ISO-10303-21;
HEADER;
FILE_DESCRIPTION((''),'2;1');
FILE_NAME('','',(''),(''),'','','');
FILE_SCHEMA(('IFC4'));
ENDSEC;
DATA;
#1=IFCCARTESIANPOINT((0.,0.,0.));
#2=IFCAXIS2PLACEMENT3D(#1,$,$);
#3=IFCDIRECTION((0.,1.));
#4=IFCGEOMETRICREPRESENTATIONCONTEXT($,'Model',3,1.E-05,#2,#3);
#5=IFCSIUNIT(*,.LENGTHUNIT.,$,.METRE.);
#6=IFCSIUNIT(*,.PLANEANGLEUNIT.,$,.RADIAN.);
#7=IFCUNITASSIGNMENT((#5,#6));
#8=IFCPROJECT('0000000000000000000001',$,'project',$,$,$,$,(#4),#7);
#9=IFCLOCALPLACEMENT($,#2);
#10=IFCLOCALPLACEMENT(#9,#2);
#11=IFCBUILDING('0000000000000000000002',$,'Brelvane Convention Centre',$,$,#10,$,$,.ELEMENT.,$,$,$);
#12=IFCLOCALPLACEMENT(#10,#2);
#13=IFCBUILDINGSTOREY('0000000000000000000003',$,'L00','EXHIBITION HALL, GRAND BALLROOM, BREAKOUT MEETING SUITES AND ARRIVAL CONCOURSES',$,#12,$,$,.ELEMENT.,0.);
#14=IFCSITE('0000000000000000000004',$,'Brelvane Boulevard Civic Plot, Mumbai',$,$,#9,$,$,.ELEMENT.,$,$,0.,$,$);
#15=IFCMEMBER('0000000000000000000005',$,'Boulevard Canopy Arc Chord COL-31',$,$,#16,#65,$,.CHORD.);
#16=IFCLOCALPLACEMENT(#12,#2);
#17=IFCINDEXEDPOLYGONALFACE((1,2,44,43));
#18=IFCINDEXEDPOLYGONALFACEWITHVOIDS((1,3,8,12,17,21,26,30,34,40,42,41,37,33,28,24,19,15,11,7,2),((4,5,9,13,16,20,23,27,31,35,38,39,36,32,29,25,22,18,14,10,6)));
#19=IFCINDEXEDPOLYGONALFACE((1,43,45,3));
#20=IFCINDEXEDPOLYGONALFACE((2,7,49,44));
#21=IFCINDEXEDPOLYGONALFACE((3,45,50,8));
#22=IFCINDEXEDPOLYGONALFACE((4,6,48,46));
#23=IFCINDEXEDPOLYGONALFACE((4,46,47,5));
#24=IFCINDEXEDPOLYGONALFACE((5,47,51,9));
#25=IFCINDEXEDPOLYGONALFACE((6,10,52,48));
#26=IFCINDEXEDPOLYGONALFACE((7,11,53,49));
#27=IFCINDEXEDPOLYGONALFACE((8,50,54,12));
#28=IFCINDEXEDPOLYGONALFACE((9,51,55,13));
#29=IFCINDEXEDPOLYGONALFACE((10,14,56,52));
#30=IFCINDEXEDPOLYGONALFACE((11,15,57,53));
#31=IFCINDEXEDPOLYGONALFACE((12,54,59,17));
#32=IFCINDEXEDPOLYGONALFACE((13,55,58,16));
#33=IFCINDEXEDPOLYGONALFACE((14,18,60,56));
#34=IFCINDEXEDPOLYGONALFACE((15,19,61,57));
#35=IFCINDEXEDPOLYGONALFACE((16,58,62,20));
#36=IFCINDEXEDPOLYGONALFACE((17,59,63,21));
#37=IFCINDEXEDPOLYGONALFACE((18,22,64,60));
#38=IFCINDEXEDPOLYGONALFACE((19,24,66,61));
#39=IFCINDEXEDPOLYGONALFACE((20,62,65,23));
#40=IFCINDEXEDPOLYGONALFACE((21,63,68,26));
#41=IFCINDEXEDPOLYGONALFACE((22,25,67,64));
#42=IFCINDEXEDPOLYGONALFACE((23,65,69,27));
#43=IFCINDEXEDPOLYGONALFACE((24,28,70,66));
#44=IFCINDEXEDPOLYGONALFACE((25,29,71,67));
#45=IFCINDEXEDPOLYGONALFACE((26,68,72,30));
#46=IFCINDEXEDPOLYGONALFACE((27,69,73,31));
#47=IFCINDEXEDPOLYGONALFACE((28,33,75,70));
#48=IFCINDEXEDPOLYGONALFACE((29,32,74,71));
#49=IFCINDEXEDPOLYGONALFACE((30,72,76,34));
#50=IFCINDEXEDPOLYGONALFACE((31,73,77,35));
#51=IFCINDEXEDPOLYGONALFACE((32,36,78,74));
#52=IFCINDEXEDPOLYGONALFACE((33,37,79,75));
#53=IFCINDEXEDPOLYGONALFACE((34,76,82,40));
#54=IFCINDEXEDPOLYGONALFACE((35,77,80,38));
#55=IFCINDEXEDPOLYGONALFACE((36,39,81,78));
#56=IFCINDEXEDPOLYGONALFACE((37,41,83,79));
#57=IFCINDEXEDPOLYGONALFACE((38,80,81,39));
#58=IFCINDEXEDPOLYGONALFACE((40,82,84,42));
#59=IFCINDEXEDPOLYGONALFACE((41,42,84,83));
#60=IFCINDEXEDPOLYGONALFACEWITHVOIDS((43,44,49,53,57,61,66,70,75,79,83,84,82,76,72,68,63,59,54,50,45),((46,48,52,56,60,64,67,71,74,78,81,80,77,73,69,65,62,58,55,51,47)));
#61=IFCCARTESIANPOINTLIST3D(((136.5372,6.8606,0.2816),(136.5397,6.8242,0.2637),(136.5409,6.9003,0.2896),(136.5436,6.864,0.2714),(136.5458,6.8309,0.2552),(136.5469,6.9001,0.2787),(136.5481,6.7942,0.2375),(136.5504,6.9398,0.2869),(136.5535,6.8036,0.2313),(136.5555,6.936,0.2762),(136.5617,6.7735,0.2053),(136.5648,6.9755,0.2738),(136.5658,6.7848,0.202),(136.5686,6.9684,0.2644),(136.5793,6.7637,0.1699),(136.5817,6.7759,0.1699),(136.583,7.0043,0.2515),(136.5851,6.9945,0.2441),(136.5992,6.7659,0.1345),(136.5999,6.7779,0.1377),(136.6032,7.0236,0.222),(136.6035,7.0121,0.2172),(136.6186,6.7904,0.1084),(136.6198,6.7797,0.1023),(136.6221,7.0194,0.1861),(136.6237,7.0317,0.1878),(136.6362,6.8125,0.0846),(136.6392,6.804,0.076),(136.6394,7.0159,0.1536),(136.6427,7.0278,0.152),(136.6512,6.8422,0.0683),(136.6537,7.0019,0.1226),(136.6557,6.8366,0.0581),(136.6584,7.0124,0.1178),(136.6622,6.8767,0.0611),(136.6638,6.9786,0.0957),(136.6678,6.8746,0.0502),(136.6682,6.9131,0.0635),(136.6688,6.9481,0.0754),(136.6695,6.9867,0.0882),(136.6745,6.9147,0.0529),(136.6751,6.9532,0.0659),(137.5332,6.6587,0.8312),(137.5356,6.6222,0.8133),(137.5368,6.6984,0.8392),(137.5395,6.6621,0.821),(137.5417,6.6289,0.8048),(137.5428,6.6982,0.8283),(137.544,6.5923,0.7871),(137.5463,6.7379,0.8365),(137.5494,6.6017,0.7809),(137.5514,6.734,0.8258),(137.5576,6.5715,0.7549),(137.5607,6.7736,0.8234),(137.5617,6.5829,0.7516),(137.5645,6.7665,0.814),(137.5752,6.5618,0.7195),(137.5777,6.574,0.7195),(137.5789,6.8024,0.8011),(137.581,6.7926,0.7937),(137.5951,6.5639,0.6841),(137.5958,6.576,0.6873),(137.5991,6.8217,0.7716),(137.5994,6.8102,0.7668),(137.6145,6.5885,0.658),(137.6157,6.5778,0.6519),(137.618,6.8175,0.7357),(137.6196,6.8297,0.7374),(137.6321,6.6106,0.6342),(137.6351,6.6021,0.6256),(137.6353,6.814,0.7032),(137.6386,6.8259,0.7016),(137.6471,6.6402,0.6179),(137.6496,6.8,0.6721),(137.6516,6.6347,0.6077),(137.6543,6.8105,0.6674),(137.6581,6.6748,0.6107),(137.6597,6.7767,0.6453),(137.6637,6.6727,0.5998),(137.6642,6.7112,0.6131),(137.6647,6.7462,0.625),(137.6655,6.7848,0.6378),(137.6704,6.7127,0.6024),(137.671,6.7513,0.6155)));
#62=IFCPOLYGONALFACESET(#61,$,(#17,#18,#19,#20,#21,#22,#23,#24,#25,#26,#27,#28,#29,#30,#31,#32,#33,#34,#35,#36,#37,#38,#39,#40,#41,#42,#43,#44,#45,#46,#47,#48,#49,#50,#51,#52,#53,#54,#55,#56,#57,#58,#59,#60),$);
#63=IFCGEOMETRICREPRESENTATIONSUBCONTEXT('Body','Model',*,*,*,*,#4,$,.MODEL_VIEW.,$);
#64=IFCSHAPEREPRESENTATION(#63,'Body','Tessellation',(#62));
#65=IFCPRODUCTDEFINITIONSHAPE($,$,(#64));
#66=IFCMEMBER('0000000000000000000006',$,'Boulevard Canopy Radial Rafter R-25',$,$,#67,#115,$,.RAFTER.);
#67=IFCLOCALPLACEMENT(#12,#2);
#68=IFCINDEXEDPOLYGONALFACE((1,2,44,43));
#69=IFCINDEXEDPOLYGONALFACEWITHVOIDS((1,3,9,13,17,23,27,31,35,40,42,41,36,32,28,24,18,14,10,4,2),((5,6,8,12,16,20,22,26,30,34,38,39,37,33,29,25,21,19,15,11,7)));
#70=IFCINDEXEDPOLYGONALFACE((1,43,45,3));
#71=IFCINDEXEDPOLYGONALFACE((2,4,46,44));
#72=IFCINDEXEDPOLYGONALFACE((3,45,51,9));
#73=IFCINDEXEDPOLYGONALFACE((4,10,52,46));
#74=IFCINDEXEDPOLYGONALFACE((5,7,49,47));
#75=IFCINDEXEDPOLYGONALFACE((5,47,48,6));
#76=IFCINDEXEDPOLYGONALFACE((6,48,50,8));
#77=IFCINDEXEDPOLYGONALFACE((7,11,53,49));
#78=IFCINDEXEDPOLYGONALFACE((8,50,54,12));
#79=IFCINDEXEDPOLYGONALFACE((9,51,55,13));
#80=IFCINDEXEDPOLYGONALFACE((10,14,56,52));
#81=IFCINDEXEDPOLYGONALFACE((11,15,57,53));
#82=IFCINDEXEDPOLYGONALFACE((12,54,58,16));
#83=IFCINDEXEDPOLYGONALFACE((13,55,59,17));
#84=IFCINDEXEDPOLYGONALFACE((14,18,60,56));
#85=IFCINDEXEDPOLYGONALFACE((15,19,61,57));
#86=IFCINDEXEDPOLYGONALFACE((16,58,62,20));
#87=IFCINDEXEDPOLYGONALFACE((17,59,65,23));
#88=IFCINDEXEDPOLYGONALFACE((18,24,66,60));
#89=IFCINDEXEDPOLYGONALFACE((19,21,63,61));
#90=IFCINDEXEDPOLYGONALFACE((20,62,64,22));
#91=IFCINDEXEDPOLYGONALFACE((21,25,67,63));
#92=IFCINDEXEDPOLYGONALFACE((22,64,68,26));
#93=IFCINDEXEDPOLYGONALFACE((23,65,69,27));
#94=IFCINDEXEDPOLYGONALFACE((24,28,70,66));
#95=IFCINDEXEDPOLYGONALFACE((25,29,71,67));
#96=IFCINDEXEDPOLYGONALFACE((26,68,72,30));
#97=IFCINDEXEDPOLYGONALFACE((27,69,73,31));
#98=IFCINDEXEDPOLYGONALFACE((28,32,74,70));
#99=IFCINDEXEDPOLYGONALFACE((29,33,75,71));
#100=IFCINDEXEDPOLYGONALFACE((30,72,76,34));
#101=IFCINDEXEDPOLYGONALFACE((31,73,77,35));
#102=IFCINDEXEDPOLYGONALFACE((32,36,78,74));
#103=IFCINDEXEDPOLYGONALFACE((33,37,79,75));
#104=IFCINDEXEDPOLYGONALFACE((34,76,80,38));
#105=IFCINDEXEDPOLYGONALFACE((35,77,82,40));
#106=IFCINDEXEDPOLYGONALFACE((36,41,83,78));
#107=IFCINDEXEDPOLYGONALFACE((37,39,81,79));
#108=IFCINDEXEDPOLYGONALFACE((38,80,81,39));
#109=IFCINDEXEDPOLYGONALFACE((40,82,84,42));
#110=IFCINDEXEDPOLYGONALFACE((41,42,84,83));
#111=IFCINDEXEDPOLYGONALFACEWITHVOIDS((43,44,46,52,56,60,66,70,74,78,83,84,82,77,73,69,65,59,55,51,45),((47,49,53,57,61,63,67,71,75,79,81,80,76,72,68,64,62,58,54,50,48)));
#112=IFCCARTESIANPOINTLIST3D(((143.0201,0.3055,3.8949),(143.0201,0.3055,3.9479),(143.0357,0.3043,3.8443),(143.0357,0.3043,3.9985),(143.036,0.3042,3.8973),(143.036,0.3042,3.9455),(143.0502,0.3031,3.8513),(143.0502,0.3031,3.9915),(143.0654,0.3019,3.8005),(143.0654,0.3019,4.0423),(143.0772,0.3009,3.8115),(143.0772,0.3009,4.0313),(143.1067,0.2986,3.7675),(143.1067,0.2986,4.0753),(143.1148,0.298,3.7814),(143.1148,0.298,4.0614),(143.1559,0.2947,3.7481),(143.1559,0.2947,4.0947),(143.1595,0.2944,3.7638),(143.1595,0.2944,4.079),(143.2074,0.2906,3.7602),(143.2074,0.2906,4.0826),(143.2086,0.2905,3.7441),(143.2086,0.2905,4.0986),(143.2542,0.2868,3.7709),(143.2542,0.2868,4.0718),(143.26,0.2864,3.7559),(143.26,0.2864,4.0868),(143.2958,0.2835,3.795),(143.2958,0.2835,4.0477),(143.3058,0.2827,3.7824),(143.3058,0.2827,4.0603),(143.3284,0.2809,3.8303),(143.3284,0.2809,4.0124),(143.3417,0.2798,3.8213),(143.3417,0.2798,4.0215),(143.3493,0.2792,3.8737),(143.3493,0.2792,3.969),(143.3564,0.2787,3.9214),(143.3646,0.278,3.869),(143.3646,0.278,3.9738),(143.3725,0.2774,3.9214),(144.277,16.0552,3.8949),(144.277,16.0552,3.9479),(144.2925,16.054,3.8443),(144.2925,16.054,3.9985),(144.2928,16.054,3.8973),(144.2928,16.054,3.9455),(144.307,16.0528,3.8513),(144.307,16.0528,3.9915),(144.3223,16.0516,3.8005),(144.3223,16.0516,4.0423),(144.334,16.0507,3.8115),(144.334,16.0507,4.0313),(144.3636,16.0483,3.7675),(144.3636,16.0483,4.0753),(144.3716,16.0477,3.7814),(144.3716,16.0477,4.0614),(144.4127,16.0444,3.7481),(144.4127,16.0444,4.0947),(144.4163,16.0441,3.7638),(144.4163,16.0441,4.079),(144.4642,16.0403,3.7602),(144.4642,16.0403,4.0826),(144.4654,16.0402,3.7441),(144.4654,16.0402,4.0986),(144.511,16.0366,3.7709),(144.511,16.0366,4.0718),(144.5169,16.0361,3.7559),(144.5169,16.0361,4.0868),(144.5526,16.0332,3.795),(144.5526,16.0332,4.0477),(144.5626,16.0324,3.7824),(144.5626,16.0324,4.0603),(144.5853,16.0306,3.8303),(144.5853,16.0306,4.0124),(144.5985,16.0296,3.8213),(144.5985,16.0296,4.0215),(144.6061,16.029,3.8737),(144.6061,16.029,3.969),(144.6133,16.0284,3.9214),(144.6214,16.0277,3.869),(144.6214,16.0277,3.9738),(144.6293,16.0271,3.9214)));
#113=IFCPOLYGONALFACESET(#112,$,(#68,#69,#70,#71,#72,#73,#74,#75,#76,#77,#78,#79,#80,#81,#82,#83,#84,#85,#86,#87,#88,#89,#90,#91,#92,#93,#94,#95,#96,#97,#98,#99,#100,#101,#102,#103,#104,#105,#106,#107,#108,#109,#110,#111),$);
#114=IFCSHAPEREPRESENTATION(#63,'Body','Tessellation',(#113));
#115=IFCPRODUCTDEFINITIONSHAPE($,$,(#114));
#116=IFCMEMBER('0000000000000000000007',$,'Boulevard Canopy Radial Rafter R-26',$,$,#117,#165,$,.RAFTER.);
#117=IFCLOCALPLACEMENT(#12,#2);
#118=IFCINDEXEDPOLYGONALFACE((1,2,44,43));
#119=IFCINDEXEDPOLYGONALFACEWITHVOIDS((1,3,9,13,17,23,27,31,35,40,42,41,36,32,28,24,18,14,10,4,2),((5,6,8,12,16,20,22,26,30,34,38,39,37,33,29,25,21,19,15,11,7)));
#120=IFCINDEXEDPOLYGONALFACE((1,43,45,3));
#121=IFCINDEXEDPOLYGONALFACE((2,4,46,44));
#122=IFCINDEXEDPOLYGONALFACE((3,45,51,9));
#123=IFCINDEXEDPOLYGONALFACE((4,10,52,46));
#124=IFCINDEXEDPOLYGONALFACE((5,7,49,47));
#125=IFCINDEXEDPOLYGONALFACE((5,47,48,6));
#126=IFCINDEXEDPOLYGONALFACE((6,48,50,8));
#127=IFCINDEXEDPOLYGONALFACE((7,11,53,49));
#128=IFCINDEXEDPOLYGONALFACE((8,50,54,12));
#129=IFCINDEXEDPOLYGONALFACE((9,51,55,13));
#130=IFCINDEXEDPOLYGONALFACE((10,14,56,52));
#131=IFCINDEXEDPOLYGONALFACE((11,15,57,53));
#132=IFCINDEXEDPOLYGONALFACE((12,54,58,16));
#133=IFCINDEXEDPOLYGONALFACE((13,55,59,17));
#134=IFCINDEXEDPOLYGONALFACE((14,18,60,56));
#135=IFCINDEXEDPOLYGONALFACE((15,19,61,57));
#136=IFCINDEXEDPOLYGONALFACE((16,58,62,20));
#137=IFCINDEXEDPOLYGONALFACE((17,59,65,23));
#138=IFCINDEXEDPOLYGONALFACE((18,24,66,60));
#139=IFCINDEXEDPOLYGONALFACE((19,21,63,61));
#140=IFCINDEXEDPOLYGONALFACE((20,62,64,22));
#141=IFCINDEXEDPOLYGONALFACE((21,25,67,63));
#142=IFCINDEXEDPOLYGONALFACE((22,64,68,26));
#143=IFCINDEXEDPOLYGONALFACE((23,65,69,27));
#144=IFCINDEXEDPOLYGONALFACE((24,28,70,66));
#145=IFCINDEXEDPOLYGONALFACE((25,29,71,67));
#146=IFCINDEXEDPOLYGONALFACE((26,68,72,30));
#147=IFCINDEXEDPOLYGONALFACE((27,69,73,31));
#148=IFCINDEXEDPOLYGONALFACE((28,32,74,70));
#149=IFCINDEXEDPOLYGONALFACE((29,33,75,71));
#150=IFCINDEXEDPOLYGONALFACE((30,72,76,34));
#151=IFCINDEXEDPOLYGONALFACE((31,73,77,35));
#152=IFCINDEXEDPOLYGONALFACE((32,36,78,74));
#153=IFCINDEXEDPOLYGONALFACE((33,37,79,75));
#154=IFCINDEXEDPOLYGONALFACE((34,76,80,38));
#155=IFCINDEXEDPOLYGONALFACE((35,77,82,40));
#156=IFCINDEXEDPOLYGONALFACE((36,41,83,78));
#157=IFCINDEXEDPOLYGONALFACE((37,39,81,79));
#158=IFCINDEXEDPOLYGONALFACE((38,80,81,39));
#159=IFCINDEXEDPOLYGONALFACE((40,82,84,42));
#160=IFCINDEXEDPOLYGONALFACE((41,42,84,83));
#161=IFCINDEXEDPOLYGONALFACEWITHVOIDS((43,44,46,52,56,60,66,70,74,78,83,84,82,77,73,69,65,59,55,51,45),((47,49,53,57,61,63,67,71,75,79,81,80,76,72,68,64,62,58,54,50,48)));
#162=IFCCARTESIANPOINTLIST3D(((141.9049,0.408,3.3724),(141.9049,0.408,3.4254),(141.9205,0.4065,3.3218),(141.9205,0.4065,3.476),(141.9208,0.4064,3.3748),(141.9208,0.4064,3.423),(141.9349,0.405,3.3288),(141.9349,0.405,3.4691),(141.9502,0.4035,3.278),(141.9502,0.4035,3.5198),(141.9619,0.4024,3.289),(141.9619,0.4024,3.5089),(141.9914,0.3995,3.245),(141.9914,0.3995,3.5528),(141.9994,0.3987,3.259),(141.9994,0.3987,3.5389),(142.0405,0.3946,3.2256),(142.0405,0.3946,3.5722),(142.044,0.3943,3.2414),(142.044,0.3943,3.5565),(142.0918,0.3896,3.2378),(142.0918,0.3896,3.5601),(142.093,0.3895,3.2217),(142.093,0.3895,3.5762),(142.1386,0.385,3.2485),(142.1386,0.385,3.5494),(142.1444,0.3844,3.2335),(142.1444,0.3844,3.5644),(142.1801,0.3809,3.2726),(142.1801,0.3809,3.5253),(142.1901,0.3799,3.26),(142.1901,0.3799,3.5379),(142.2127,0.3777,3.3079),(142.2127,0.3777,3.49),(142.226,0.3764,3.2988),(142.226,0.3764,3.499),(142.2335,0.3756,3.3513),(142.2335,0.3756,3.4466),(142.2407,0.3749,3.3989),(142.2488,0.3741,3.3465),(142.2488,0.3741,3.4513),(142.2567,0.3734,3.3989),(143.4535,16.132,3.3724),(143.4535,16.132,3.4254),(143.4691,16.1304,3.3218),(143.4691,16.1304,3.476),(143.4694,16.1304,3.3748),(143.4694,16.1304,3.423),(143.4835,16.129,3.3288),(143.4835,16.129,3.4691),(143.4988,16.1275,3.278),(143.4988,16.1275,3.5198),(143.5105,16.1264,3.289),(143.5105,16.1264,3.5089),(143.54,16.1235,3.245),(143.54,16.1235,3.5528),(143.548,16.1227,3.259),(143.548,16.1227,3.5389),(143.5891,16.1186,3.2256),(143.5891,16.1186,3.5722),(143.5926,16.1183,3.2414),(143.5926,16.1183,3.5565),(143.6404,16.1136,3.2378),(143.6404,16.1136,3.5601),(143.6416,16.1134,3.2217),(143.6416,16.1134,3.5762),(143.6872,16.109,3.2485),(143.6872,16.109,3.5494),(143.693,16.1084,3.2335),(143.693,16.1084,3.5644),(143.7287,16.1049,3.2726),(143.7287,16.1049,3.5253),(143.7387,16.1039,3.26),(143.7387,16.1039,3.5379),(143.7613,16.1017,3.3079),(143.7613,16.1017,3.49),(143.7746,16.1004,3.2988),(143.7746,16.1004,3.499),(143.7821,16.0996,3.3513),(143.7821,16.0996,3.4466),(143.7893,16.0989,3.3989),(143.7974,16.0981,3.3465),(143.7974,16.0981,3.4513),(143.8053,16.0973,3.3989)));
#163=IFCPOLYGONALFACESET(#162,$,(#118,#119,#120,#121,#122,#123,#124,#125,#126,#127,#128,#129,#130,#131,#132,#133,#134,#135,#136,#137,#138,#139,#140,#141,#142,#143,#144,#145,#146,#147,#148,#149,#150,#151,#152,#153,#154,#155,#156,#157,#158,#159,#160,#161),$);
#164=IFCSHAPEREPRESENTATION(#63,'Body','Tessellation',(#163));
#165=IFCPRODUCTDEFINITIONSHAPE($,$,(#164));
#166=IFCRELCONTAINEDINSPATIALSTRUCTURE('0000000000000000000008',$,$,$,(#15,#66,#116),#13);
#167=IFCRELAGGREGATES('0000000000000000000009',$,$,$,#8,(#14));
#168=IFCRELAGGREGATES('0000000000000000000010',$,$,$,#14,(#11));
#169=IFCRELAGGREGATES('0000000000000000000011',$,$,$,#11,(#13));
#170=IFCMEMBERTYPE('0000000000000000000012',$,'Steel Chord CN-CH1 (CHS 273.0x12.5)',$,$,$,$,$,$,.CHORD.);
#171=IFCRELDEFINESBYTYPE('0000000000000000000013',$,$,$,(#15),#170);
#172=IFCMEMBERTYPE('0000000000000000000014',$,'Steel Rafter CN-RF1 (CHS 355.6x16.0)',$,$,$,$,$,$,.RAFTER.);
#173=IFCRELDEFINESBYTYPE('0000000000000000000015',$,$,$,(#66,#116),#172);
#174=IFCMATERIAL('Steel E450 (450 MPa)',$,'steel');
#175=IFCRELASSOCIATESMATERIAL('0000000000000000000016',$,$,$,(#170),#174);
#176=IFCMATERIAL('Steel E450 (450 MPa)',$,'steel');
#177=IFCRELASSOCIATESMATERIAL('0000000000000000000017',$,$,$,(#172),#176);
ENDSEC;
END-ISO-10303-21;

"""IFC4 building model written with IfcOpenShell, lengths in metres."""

from ifc_helpers import new_model, si_unit, direction, frame, origin, origin_2d, place, context, subcontext, project, spatial, hollow_circle, extrude, material, material_profile, profile_set, type_object, element, save


model = new_model("IFC4")

# Units and contexts
model_context = context("Model", 3, precision=1e-05, world=origin(), true_north=direction((0.0, 1.0)))
body_context = subcontext(model_context, "Body", "Model", "MODEL_VIEW")
ifc_project = project(units=[si_unit("LENGTHUNIT", "METRE"), si_unit("PLANEANGLEUNIT", "RADIAN")], contexts=[model_context])

# Site, building, storey
site_placement = place(None, origin())
site = spatial("IfcSite", under=ifc_project, at=site_placement, Name="Brelvane Boulevard Civic Plot, Mumbai", CompositionType="ELEMENT", RefElevation=0.0)
building_placement = place(site_placement, origin())
building = spatial("IfcBuilding", under=site, at=building_placement, Name="Brelvane Convention Centre", CompositionType="ELEMENT")
storey_placement = place(building_placement, origin())
storey = spatial("IfcBuildingStorey", under=building, at=storey_placement, Name="L00", Description="EXHIBITION HALL, GRAND BALLROOM, BREAKOUT MEETING SUITES AND ARRIVAL CONCOURSES", CompositionType="ELEMENT", Elevation=0.0)

# Members
ifc_material_1 = material(Name="Steel E450 (450 MPa)", Category="steel")
ifc_material_profile_1 = material_profile(ifc_material_1, hollow_circle(Radius=0.1365, WallThickness=0.0125, at=origin_2d()), Name="CHS 273.0x12.5")
ifc_profile_set_1 = profile_set([ifc_material_profile_1], Name="Steel E450 (450 MPa)")
member_type_1 = type_object("IfcMemberType", Name="Steel Chord CN-CH1 (CHS 273.0x12.5)", PredefinedType="CHORD", material=ifc_profile_set_1)
member_1_placement = place(storey_placement, frame((137.6023, 6.6956, 0.7195), z_axis=(-0.862054, 0.174778, -0.475726), x_axis=(-0.198703, -0.98006, 0.0)))
element("IfcMember", 1, at=member_1_placement, inside=storey, type_object=member_type_1, Name="Boulevard Canopy Arc Chord COL-31", PredefinedType="CHORD", context=body_context, shape_type="SweptSolid", body=[
    extrude(hollow_circle(Radius=0.1365, WallThickness=0.0125, at=origin_2d()), origin(), (0.0, 0.0, 1.0), 1.1553),
])
ifc_material_2 = material(Name="Steel E450 (450 MPa)", Category="steel")
ifc_material_profile_2 = material_profile(ifc_material_2, hollow_circle(Radius=0.1777, WallThickness=0.0161, at=origin_2d()), Name="CHS 355.6x16.0")
ifc_profile_set_2 = profile_set([ifc_material_profile_2], Name="Steel E450 (450 MPa)")
member_type_2 = type_object("IfcMemberType", Name="Steel Rafter CN-RF1 (CHS 355.6x16.0)", PredefinedType="RAFTER", material=ifc_profile_set_2)
member_2_placement = place(storey_placement, frame((144.4521, 16.0413, 3.9214), z_axis=(-0.079547, -0.996831, 0.0), x_axis=(0.996831, -0.079547, 0.0)))
element("IfcMember", 2, at=member_2_placement, inside=storey, type_object=member_type_2, Name="Boulevard Canopy Radial Rafter R-25", PredefinedType="RAFTER", context=body_context, shape_type="SweptSolid", body=[
    extrude(hollow_circle(Radius=0.1777, WallThickness=0.0161, at=origin_2d()), origin(), (0.0, 0.0, 1.0), 15.7998),
])
for number, where, z_axis, x_axis, name in (
    (3, (143.6284, 16.1147, 3.3989), (-0.098012, -0.995185, 0.0), (0.995185, -0.098012, 0.0), "Boulevard Canopy Radial Rafter R-26"),
):
    element("IfcMember", number, at=place(storey_placement, frame(where, z_axis=z_axis, x_axis=x_axis)), inside=storey, type_object=member_type_2, Name=name, PredefinedType="RAFTER", context=body_context, shape_type="SweptSolid", body=[
        extrude(hollow_circle(Radius=0.1777, WallThickness=0.0161, at=origin_2d()), origin(), (0.0, 0.0, 1.0), 15.8),
    ])

save(model, "model.ifc")
